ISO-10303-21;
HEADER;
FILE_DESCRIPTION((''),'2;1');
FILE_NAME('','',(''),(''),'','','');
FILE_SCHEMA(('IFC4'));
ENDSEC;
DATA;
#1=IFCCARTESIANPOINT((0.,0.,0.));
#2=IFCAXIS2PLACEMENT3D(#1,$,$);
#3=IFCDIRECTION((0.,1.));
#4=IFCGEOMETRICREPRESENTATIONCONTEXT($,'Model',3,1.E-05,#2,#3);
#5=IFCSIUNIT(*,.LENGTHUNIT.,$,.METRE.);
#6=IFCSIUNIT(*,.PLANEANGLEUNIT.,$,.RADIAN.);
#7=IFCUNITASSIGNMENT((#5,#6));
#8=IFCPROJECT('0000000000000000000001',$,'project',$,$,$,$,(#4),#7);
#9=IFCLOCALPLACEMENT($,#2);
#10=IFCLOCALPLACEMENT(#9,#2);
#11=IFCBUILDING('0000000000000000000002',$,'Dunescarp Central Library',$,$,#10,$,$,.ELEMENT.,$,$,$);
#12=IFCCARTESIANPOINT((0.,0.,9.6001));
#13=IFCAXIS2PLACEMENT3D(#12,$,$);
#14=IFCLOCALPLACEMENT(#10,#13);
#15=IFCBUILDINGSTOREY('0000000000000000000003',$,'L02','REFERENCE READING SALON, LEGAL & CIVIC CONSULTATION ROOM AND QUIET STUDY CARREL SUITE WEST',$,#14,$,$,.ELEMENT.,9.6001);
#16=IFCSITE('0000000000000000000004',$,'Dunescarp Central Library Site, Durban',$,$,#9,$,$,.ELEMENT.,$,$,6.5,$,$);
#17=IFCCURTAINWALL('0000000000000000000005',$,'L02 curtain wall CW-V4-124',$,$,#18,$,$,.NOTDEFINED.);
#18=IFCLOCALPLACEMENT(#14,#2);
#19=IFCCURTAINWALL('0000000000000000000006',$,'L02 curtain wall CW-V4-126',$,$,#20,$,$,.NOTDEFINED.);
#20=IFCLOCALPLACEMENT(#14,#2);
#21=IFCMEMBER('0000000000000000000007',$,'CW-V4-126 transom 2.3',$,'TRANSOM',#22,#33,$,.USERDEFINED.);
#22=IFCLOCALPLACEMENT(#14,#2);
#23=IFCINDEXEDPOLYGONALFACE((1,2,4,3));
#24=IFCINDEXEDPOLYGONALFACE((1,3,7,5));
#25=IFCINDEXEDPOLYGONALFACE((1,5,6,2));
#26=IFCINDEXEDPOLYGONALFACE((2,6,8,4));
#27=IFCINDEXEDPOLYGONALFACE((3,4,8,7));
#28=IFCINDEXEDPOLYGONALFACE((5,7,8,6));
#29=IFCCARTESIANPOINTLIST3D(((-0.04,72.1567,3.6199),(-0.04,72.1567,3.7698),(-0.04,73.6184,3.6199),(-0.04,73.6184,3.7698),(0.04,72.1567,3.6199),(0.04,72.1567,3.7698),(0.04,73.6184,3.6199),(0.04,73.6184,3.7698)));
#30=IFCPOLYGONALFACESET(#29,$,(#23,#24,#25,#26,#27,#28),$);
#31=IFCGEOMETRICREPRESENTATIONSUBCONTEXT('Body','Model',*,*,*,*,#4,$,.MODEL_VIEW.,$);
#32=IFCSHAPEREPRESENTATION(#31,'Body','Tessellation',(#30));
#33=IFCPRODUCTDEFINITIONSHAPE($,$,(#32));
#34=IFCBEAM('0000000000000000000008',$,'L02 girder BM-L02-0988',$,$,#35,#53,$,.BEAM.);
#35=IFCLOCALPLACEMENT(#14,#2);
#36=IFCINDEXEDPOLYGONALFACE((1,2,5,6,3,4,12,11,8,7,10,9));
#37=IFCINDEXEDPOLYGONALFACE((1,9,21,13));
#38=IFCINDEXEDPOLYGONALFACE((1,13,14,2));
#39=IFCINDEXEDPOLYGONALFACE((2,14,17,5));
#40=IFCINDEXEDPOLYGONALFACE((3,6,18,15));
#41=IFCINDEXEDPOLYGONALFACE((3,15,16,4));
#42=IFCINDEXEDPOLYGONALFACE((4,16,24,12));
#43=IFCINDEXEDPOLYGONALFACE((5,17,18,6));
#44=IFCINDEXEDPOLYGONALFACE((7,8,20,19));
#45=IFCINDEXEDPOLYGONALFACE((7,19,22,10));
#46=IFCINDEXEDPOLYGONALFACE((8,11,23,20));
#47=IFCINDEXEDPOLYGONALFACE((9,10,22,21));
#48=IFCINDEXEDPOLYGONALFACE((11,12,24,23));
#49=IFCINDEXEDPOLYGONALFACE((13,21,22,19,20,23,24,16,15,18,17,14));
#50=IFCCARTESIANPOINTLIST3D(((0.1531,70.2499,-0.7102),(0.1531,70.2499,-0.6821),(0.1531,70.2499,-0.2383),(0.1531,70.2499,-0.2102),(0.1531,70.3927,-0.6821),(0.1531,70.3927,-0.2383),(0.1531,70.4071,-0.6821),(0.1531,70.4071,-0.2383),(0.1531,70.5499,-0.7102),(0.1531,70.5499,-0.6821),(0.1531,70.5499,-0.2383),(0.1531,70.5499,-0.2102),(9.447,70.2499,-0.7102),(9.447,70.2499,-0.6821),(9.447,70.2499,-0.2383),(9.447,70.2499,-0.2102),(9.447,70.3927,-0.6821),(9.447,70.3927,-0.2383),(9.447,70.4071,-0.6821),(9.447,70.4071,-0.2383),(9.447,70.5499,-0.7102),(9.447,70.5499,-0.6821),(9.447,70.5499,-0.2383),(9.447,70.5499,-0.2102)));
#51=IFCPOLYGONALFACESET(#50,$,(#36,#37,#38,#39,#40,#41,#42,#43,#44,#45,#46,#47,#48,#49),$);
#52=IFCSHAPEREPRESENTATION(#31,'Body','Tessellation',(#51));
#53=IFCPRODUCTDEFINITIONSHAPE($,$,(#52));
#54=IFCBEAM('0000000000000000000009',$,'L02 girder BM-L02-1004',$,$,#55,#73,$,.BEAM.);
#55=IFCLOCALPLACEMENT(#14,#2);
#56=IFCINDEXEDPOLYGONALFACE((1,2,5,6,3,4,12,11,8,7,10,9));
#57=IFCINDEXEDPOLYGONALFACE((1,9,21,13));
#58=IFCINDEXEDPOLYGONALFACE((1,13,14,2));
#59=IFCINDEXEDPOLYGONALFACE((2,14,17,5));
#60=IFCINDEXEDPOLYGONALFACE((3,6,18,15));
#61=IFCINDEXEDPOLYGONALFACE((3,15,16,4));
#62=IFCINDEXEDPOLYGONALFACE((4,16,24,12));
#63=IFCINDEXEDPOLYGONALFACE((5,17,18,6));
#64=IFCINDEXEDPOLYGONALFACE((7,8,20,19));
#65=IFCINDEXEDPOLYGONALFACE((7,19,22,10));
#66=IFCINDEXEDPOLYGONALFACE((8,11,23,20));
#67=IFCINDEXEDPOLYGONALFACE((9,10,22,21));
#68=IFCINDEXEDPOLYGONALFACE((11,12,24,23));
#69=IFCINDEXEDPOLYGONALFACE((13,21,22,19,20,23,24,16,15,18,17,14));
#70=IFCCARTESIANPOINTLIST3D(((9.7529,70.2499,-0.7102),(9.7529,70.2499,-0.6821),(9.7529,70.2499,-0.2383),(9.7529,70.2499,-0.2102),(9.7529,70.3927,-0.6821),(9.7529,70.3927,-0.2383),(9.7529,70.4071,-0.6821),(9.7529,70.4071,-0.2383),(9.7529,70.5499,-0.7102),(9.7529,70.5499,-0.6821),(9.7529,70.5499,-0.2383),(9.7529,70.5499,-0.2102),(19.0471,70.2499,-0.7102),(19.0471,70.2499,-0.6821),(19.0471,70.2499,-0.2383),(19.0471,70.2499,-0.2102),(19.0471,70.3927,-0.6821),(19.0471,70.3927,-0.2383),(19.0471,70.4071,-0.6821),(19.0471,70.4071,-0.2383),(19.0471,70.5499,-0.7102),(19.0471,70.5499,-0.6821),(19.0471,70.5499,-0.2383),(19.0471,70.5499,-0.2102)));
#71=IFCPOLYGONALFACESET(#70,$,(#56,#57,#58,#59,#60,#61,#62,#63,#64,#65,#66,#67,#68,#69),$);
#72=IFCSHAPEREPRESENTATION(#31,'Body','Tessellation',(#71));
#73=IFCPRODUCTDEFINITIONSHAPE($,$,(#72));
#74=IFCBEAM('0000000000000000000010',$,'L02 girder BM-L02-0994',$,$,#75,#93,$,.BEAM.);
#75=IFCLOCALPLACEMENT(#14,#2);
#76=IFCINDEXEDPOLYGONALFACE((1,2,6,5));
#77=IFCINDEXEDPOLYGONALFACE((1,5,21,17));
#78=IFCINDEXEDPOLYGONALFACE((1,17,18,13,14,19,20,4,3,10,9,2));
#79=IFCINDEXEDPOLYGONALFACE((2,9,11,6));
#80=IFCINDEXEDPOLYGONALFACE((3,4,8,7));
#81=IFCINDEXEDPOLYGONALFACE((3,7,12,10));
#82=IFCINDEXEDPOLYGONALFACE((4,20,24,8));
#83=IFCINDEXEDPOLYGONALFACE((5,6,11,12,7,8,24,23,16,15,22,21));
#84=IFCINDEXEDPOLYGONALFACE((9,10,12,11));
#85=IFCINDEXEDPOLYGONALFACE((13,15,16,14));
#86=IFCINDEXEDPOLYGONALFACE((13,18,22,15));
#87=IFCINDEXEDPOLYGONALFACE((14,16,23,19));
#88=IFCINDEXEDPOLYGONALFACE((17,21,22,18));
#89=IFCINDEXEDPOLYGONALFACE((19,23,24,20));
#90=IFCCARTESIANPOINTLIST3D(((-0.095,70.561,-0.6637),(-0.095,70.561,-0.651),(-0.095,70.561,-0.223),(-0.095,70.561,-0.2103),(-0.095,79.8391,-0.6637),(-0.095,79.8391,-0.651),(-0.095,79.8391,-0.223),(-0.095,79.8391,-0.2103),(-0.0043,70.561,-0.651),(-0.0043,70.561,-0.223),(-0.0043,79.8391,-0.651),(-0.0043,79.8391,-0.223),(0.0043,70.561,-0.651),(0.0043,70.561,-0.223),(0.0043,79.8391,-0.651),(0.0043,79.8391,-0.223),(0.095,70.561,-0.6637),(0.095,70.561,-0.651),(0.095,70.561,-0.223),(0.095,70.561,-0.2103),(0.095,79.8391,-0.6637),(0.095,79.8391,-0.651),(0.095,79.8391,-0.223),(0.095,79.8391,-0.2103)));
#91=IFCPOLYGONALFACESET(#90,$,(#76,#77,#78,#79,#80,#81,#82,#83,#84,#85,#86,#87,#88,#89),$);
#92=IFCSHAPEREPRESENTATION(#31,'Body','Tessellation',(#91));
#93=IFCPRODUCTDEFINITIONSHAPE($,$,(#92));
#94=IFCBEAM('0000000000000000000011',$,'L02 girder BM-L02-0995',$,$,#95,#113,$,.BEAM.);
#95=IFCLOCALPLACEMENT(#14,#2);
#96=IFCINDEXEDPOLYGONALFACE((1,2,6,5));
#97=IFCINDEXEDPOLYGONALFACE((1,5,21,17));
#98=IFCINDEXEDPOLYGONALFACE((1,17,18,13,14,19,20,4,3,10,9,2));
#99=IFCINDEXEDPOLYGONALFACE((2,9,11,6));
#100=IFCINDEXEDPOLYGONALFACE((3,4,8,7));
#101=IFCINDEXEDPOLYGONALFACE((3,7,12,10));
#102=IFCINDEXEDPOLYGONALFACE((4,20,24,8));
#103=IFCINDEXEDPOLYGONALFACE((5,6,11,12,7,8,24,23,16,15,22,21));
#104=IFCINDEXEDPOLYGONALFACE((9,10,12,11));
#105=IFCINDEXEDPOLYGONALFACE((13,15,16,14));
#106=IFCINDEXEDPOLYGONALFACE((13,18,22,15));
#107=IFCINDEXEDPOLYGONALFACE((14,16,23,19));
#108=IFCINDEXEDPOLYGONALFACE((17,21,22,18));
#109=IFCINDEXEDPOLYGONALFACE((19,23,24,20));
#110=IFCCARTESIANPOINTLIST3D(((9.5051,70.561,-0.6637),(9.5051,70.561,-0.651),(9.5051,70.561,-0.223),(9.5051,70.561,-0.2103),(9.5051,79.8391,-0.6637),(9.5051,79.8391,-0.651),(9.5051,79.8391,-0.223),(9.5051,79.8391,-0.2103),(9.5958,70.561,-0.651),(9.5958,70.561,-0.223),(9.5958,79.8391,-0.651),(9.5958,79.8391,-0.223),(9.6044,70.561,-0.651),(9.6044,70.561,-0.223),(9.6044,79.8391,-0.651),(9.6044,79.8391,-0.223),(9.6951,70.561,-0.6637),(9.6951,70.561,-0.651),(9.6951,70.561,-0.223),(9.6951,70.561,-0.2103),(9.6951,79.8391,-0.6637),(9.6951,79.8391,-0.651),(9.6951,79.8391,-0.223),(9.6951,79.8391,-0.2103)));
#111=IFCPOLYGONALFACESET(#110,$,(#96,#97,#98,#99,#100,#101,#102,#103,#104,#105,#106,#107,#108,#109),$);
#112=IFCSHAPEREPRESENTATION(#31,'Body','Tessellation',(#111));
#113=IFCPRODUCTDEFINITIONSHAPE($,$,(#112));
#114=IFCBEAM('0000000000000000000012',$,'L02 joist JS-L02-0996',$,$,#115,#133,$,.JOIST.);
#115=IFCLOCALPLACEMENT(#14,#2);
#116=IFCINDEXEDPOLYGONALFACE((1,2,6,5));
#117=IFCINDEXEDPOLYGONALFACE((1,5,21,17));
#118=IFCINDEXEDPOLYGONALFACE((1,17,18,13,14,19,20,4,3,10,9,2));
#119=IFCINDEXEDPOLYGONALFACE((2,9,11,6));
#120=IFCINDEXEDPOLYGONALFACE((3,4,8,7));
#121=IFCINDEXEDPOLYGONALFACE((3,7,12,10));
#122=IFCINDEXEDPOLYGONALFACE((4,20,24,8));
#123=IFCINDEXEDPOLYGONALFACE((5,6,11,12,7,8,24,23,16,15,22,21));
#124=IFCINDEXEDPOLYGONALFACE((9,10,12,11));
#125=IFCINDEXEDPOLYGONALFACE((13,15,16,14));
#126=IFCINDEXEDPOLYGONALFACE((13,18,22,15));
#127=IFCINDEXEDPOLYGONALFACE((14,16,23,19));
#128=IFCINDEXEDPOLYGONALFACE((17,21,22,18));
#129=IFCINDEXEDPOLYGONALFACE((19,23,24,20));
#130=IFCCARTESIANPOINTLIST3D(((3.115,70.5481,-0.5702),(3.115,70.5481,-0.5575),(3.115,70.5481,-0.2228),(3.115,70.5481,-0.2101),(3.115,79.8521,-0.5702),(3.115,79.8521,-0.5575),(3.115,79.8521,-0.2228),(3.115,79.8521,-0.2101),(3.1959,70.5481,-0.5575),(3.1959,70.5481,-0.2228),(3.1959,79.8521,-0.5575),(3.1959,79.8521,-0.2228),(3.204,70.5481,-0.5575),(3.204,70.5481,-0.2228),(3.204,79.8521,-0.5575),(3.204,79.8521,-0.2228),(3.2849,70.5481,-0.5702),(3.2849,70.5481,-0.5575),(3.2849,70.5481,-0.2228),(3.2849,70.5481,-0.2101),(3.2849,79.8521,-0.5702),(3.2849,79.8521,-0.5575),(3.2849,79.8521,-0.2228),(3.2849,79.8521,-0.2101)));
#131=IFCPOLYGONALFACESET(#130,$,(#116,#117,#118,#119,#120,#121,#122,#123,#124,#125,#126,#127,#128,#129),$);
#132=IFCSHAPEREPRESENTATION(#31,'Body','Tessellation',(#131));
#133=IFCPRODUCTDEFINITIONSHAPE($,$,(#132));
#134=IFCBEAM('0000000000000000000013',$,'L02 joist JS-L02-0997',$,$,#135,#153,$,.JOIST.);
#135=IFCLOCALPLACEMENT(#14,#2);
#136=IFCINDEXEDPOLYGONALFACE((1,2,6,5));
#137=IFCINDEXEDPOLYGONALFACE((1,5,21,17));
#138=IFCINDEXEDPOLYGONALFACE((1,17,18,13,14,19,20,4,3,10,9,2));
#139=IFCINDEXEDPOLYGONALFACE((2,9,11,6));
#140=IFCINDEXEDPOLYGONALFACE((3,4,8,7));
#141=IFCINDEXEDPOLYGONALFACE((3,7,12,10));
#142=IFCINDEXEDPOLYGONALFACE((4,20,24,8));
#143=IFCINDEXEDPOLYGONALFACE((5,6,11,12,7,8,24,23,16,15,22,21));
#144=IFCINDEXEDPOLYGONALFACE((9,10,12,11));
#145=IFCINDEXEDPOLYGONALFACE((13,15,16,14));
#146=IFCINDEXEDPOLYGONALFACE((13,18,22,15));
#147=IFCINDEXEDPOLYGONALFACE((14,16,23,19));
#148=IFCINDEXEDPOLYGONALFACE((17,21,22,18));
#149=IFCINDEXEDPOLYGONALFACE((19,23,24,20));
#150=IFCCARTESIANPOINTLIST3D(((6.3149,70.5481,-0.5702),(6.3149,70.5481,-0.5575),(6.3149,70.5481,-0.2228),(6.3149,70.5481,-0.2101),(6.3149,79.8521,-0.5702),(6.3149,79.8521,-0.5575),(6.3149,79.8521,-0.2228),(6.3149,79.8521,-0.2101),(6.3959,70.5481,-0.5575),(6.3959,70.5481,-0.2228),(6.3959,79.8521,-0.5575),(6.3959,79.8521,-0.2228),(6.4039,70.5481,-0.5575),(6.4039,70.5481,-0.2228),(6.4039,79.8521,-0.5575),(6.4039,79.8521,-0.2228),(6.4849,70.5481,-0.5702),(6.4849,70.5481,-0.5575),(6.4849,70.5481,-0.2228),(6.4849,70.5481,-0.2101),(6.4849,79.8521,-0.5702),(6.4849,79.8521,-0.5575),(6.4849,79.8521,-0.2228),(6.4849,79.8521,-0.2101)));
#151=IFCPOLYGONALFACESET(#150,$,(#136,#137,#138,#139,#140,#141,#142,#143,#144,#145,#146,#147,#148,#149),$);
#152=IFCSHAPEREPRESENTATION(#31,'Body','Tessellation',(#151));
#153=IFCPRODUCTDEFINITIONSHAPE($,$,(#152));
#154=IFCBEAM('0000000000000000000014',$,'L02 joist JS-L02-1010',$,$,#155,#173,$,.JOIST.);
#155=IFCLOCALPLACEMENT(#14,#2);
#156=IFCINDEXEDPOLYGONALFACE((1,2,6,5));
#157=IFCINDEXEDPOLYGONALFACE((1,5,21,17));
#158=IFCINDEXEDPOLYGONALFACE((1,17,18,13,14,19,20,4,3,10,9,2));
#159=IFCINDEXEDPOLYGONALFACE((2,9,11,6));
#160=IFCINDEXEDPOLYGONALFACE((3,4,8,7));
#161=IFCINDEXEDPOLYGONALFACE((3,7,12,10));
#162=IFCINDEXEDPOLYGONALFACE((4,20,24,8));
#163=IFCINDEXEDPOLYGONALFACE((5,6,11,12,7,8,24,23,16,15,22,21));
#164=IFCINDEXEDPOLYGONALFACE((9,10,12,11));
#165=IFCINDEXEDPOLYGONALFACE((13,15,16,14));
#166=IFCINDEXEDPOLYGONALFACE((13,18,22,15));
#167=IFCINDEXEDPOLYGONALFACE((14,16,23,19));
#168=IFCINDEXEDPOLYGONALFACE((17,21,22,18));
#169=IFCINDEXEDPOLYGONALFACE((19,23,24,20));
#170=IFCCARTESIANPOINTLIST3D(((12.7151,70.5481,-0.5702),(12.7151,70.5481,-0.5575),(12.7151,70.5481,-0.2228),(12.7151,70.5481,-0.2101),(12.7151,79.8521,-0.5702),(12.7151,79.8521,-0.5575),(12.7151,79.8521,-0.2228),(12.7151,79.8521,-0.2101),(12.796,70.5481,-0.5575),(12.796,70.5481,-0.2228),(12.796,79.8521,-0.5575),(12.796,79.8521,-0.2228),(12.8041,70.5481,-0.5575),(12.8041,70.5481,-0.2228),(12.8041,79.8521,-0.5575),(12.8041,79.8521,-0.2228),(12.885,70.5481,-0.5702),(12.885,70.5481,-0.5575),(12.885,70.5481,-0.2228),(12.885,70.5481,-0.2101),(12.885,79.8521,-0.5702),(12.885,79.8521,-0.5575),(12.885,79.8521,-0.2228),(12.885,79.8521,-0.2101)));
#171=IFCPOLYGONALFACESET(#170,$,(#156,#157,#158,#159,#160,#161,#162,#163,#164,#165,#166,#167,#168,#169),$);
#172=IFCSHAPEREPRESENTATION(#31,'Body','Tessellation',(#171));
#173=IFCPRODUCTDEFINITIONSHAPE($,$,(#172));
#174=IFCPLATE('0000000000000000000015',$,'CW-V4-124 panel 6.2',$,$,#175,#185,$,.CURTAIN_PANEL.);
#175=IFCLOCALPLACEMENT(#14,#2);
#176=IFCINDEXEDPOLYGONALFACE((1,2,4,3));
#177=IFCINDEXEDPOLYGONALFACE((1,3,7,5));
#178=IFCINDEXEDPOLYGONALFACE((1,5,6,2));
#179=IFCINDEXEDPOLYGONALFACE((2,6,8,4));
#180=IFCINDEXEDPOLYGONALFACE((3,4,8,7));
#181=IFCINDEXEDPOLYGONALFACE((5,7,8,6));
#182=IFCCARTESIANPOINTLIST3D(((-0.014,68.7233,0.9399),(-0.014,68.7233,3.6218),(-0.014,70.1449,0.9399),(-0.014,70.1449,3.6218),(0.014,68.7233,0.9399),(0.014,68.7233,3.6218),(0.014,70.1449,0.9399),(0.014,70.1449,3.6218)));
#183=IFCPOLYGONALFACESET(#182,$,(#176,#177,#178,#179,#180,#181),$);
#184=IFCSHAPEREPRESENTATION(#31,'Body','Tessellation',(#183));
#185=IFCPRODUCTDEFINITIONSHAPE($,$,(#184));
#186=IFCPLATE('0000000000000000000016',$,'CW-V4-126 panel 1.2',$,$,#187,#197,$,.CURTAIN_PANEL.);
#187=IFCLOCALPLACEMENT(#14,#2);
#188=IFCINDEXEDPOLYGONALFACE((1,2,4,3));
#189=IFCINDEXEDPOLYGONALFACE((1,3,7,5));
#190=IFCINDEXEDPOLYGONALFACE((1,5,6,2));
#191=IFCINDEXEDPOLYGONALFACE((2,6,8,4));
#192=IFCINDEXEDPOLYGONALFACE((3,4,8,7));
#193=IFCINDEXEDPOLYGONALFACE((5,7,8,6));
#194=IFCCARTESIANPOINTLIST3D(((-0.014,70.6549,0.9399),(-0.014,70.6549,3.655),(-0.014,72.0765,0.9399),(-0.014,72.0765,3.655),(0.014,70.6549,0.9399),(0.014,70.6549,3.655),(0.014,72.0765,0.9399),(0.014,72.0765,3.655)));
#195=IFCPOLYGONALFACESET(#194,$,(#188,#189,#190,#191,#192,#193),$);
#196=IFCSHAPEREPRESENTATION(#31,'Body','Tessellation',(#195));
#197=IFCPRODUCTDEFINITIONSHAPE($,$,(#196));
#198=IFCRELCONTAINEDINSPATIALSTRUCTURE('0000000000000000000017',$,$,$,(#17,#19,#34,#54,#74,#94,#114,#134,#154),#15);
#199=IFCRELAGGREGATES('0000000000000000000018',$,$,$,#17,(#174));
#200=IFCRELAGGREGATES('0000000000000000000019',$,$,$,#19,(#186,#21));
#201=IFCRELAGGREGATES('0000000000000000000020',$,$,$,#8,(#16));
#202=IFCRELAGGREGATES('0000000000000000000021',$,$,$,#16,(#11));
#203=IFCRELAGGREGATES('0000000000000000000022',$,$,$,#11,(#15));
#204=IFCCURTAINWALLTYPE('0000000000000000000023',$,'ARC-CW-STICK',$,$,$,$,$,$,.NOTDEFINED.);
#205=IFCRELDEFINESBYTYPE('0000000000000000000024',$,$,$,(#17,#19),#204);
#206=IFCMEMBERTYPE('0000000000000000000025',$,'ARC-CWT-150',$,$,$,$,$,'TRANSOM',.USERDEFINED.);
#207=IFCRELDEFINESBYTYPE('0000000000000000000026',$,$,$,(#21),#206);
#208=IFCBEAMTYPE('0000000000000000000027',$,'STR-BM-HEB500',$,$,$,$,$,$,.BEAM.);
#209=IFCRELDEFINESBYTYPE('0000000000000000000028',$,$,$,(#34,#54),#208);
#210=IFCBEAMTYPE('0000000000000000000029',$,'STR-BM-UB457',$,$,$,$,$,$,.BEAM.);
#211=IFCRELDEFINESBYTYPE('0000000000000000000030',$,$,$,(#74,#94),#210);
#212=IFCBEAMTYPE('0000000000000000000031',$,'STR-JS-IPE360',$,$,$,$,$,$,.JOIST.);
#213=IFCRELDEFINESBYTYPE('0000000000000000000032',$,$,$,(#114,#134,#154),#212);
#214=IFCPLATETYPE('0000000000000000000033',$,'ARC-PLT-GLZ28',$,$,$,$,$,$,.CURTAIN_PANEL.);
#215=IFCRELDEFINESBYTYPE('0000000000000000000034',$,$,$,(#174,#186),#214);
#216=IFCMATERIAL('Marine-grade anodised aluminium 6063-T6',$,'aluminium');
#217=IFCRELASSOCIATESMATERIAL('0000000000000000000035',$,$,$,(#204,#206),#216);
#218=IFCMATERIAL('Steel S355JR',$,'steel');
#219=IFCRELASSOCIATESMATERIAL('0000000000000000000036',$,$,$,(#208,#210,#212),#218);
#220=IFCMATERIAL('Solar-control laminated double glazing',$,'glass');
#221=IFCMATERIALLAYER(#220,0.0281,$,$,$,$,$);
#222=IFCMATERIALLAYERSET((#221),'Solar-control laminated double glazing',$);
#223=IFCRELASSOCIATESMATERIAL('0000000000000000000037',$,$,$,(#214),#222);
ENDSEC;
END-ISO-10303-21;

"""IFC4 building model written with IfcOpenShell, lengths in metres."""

from ifc_helpers import new_model, si_unit, direction, frame, origin, origin_2d, place, context, subcontext, project, spatial, rectangle, i_section, extrude, material, layer, layer_set, material_profile, profile_set, type_object, element, aggregate, save


model = new_model("IFC4")

# Units and contexts
model_context = context("Model", 3, precision=1e-05, world=origin(), true_north=direction((0.0, 1.0)))
body_context = subcontext(model_context, "Body", "Model", "MODEL_VIEW")
ifc_project = project(units=[si_unit("LENGTHUNIT", "METRE"), si_unit("PLANEANGLEUNIT", "RADIAN")], contexts=[model_context])

# Site, building, storey
site_placement = place(None, origin())
site = spatial("IfcSite", under=ifc_project, at=site_placement, Name="Dunescarp Central Library Site, Durban", CompositionType="ELEMENT", RefElevation=6.5)
building_placement = place(site_placement, origin())
building = spatial("IfcBuilding", under=site, at=building_placement, Name="Dunescarp Central Library", CompositionType="ELEMENT")
storey_placement = place(building_placement, frame((0.0, 0.0, 9.6001)))
storey = spatial("IfcBuildingStorey", under=building, at=storey_placement, Name="L02", Description="REFERENCE READING SALON, LEGAL & CIVIC CONSULTATION ROOM AND QUIET STUDY CARREL SUITE WEST", CompositionType="ELEMENT", Elevation=9.6001)

# Shared definitions
ifc_material_1 = material(Name="Steel S355JR", Category="steel")

# Curtain wall
ifc_material_2 = material(Name="Marine-grade anodised aluminium 6063-T6", Category="aluminium")
curtain_wall_type = type_object("IfcCurtainWallType", Name="ARC-CW-STICK", PredefinedType="NOTDEFINED", material=ifc_material_2)
curtain_wall_1_placement = place(storey_placement, origin())
curtain_wall_1 = element("IfcCurtainWall", 1, at=curtain_wall_1_placement, inside=storey, type_object=curtain_wall_type, Name="L02 curtain wall CW-V4-124", PredefinedType="NOTDEFINED")

# Curtain wall
curtain_wall_2_placement = place(storey_placement, origin())
curtain_wall_2 = element("IfcCurtainWall", 2, at=curtain_wall_2_placement, inside=storey, type_object=curtain_wall_type, Name="L02 curtain wall CW-V4-126", PredefinedType="NOTDEFINED")

# Member
ifc_material_profile_1 = material_profile(ifc_material_2, rectangle(XDim=0.0801, YDim=0.1499, at=origin_2d()), Name="AL 80x150")
ifc_profile_set_1 = profile_set([ifc_material_profile_1], Name="Marine-grade anodised aluminium 6063-T6")
member_type_1 = type_object("IfcMemberType", Name="ARC-CWT-150", ElementType="TRANSOM", PredefinedType="USERDEFINED", material=ifc_profile_set_1)
member_1_placement = place(storey_placement, frame((0.0, 72.1567, 3.6948), z_axis=(0.0, 1.0, 0.0), x_axis=(-1.0, 0.0, 0.0)))
member_1 = element("IfcMember", 3, at=member_1_placement, type_object=member_type_1, Name="CW-V4-126 transom 2.3", ObjectType="TRANSOM", PredefinedType="USERDEFINED", context=body_context, shape_type="SweptSolid", body=[
    extrude(rectangle(XDim=0.0801, YDim=0.1499, at=origin_2d()), origin(), (0.0, 0.0, 1.0), 1.4617),
])

# Beams
ifc_material_profile_2 = material_profile(ifc_material_1, i_section(OverallWidth=0.3, OverallDepth=0.5, WebThickness=0.0144, FlangeThickness=0.0281, at=origin_2d()), Name="HEB 500")
ifc_profile_set_2 = profile_set([ifc_material_profile_2], Name="Steel S355JR")
beam_type_1 = type_object("IfcBeamType", Name="STR-BM-HEB500", PredefinedType="BEAM", material=ifc_profile_set_2)
beam_1_placement = place(storey_placement, frame((0.1531, 70.3999, -0.4602), z_axis=(1.0, 0.0, 0.0), x_axis=(0.0, 1.0, 0.0)))
element("IfcBeam", 4, at=beam_1_placement, inside=storey, type_object=beam_type_1, Name="L02 girder BM-L02-0988", PredefinedType="BEAM", context=body_context, shape_type="SweptSolid", body=[
    extrude(i_section(OverallWidth=0.3, OverallDepth=0.5, WebThickness=0.0144, FlangeThickness=0.0281, at=origin_2d()), origin(), (0.0, 0.0, 1.0), 9.2939),
])
beam_2_placement = place(storey_placement, frame((9.7529, 70.3999, -0.4602), z_axis=(1.0, 0.0, 0.0), x_axis=(0.0, 1.0, 0.0)))
element("IfcBeam", 5, at=beam_2_placement, inside=storey, type_object=beam_type_1, Name="L02 girder BM-L02-1004", PredefinedType="BEAM", context=body_context, shape_type="SweptSolid", body=[
    extrude(i_section(OverallWidth=0.3, OverallDepth=0.5, WebThickness=0.0144, FlangeThickness=0.0281, at=origin_2d()), origin(), (0.0, 0.0, 1.0), 9.2942),
])
ifc_material_profile_3 = material_profile(ifc_material_1, i_section(OverallWidth=0.1899, OverallDepth=0.4534, WebThickness=0.0085, FlangeThickness=0.0127, at=origin_2d()), Name="UB 457x191x67")
ifc_profile_set_3 = profile_set([ifc_material_profile_3], Name="Steel S355JR")
beam_type_2 = type_object("IfcBeamType", Name="STR-BM-UB457", PredefinedType="BEAM", material=ifc_profile_set_3)
for number, where, z_axis, x_axis, name in (
    (6, (0.0, 70.561, -0.437), (0.0, 1.0, 0.0), (-1.0, 0.0, 0.0), "L02 girder BM-L02-0994"),
    (7, (9.6001, 70.561, -0.437), (0.0, 1.0, 0.0), (-1.0, 0.0, 0.0), "L02 girder BM-L02-0995"),
):
    element("IfcBeam", number, at=place(storey_placement, frame(where, z_axis=z_axis, x_axis=x_axis)), inside=storey, type_object=beam_type_2, Name=name, PredefinedType="BEAM", context=body_context, shape_type="SweptSolid", body=[
        extrude(i_section(OverallWidth=0.1899, OverallDepth=0.4534, WebThickness=0.0085, FlangeThickness=0.0127, at=origin_2d()), origin(), (0.0, 0.0, 1.0), 9.2781),
    ])
ifc_material_profile_4 = material_profile(ifc_material_1, i_section(OverallWidth=0.1699, OverallDepth=0.3601, WebThickness=0.0081, FlangeThickness=0.0127, at=origin_2d()), Name="IPE 360")
ifc_profile_set_4 = profile_set([ifc_material_profile_4], Name="Steel S355JR")
beam_type_3 = type_object("IfcBeamType", Name="STR-JS-IPE360", PredefinedType="JOIST", material=ifc_profile_set_4)
for number, where, z_axis, x_axis, name in (
    (8, (3.2, 70.5481, -0.3901), (0.0, 1.0, 0.0), (-1.0, 0.0, 0.0), "L02 joist JS-L02-0996"),
    (9, (6.3999, 70.5481, -0.3901), (0.0, 1.0, 0.0), (-1.0, 0.0, 0.0), "L02 joist JS-L02-0997"),
    (10, (12.8, 70.5481, -0.3901), (0.0, 1.0, 0.0), (-1.0, 0.0, 0.0), "L02 joist JS-L02-1010"),
):
    element("IfcBeam", number, at=place(storey_placement, frame(where, z_axis=z_axis, x_axis=x_axis)), inside=storey, type_object=beam_type_3, Name=name, PredefinedType="JOIST", context=body_context, shape_type="SweptSolid", body=[
        extrude(i_section(OverallWidth=0.1699, OverallDepth=0.3601, WebThickness=0.0081, FlangeThickness=0.0127, at=origin_2d()), origin(), (0.0, 0.0, 1.0), 9.304),
    ])

# Plates
ifc_material_3 = material(Name="Solar-control laminated double glazing", Category="glass")
ifc_layer_1 = layer(ifc_material_3, 0.0281)
ifc_layer_set_1 = layer_set([ifc_layer_1], Name="Solar-control laminated double glazing")
plate_type_1 = type_object("IfcPlateType", Name="ARC-PLT-GLZ28", PredefinedType="CURTAIN_PANEL", material=ifc_layer_set_1)
plate_1_placement = place(storey_placement, frame((0.0, 69.4341, 0.9399), z_axis=(0.0, 0.0, 1.0), x_axis=(0.0, 1.0, 0.0)))
plate_1 = element("IfcPlate", 11, at=plate_1_placement, type_object=plate_type_1, Name="CW-V4-124 panel 6.2", PredefinedType="CURTAIN_PANEL", context=body_context, shape_type="SweptSolid", body=[
    extrude(rectangle(XDim=1.4216, YDim=0.0281, at=origin_2d()), origin(), (0.0, 0.0, 1.0), 2.6819),
])
plate_2_placement = place(storey_placement, frame((0.0, 71.3657, 0.9399), z_axis=(0.0, 0.0, 1.0), x_axis=(0.0, 1.0, 0.0)))
plate_2 = element("IfcPlate", 12, at=plate_2_placement, type_object=plate_type_1, Name="CW-V4-126 panel 1.2", PredefinedType="CURTAIN_PANEL", context=body_context, shape_type="SweptSolid", body=[
    extrude(rectangle(XDim=1.4216, YDim=0.0281, at=origin_2d()), origin(), (0.0, 0.0, 1.0), 2.7151),
])
aggregate(curtain_wall_1, [plate_1])
aggregate(curtain_wall_2, [plate_2, member_1])

save(model, "model.ifc")
